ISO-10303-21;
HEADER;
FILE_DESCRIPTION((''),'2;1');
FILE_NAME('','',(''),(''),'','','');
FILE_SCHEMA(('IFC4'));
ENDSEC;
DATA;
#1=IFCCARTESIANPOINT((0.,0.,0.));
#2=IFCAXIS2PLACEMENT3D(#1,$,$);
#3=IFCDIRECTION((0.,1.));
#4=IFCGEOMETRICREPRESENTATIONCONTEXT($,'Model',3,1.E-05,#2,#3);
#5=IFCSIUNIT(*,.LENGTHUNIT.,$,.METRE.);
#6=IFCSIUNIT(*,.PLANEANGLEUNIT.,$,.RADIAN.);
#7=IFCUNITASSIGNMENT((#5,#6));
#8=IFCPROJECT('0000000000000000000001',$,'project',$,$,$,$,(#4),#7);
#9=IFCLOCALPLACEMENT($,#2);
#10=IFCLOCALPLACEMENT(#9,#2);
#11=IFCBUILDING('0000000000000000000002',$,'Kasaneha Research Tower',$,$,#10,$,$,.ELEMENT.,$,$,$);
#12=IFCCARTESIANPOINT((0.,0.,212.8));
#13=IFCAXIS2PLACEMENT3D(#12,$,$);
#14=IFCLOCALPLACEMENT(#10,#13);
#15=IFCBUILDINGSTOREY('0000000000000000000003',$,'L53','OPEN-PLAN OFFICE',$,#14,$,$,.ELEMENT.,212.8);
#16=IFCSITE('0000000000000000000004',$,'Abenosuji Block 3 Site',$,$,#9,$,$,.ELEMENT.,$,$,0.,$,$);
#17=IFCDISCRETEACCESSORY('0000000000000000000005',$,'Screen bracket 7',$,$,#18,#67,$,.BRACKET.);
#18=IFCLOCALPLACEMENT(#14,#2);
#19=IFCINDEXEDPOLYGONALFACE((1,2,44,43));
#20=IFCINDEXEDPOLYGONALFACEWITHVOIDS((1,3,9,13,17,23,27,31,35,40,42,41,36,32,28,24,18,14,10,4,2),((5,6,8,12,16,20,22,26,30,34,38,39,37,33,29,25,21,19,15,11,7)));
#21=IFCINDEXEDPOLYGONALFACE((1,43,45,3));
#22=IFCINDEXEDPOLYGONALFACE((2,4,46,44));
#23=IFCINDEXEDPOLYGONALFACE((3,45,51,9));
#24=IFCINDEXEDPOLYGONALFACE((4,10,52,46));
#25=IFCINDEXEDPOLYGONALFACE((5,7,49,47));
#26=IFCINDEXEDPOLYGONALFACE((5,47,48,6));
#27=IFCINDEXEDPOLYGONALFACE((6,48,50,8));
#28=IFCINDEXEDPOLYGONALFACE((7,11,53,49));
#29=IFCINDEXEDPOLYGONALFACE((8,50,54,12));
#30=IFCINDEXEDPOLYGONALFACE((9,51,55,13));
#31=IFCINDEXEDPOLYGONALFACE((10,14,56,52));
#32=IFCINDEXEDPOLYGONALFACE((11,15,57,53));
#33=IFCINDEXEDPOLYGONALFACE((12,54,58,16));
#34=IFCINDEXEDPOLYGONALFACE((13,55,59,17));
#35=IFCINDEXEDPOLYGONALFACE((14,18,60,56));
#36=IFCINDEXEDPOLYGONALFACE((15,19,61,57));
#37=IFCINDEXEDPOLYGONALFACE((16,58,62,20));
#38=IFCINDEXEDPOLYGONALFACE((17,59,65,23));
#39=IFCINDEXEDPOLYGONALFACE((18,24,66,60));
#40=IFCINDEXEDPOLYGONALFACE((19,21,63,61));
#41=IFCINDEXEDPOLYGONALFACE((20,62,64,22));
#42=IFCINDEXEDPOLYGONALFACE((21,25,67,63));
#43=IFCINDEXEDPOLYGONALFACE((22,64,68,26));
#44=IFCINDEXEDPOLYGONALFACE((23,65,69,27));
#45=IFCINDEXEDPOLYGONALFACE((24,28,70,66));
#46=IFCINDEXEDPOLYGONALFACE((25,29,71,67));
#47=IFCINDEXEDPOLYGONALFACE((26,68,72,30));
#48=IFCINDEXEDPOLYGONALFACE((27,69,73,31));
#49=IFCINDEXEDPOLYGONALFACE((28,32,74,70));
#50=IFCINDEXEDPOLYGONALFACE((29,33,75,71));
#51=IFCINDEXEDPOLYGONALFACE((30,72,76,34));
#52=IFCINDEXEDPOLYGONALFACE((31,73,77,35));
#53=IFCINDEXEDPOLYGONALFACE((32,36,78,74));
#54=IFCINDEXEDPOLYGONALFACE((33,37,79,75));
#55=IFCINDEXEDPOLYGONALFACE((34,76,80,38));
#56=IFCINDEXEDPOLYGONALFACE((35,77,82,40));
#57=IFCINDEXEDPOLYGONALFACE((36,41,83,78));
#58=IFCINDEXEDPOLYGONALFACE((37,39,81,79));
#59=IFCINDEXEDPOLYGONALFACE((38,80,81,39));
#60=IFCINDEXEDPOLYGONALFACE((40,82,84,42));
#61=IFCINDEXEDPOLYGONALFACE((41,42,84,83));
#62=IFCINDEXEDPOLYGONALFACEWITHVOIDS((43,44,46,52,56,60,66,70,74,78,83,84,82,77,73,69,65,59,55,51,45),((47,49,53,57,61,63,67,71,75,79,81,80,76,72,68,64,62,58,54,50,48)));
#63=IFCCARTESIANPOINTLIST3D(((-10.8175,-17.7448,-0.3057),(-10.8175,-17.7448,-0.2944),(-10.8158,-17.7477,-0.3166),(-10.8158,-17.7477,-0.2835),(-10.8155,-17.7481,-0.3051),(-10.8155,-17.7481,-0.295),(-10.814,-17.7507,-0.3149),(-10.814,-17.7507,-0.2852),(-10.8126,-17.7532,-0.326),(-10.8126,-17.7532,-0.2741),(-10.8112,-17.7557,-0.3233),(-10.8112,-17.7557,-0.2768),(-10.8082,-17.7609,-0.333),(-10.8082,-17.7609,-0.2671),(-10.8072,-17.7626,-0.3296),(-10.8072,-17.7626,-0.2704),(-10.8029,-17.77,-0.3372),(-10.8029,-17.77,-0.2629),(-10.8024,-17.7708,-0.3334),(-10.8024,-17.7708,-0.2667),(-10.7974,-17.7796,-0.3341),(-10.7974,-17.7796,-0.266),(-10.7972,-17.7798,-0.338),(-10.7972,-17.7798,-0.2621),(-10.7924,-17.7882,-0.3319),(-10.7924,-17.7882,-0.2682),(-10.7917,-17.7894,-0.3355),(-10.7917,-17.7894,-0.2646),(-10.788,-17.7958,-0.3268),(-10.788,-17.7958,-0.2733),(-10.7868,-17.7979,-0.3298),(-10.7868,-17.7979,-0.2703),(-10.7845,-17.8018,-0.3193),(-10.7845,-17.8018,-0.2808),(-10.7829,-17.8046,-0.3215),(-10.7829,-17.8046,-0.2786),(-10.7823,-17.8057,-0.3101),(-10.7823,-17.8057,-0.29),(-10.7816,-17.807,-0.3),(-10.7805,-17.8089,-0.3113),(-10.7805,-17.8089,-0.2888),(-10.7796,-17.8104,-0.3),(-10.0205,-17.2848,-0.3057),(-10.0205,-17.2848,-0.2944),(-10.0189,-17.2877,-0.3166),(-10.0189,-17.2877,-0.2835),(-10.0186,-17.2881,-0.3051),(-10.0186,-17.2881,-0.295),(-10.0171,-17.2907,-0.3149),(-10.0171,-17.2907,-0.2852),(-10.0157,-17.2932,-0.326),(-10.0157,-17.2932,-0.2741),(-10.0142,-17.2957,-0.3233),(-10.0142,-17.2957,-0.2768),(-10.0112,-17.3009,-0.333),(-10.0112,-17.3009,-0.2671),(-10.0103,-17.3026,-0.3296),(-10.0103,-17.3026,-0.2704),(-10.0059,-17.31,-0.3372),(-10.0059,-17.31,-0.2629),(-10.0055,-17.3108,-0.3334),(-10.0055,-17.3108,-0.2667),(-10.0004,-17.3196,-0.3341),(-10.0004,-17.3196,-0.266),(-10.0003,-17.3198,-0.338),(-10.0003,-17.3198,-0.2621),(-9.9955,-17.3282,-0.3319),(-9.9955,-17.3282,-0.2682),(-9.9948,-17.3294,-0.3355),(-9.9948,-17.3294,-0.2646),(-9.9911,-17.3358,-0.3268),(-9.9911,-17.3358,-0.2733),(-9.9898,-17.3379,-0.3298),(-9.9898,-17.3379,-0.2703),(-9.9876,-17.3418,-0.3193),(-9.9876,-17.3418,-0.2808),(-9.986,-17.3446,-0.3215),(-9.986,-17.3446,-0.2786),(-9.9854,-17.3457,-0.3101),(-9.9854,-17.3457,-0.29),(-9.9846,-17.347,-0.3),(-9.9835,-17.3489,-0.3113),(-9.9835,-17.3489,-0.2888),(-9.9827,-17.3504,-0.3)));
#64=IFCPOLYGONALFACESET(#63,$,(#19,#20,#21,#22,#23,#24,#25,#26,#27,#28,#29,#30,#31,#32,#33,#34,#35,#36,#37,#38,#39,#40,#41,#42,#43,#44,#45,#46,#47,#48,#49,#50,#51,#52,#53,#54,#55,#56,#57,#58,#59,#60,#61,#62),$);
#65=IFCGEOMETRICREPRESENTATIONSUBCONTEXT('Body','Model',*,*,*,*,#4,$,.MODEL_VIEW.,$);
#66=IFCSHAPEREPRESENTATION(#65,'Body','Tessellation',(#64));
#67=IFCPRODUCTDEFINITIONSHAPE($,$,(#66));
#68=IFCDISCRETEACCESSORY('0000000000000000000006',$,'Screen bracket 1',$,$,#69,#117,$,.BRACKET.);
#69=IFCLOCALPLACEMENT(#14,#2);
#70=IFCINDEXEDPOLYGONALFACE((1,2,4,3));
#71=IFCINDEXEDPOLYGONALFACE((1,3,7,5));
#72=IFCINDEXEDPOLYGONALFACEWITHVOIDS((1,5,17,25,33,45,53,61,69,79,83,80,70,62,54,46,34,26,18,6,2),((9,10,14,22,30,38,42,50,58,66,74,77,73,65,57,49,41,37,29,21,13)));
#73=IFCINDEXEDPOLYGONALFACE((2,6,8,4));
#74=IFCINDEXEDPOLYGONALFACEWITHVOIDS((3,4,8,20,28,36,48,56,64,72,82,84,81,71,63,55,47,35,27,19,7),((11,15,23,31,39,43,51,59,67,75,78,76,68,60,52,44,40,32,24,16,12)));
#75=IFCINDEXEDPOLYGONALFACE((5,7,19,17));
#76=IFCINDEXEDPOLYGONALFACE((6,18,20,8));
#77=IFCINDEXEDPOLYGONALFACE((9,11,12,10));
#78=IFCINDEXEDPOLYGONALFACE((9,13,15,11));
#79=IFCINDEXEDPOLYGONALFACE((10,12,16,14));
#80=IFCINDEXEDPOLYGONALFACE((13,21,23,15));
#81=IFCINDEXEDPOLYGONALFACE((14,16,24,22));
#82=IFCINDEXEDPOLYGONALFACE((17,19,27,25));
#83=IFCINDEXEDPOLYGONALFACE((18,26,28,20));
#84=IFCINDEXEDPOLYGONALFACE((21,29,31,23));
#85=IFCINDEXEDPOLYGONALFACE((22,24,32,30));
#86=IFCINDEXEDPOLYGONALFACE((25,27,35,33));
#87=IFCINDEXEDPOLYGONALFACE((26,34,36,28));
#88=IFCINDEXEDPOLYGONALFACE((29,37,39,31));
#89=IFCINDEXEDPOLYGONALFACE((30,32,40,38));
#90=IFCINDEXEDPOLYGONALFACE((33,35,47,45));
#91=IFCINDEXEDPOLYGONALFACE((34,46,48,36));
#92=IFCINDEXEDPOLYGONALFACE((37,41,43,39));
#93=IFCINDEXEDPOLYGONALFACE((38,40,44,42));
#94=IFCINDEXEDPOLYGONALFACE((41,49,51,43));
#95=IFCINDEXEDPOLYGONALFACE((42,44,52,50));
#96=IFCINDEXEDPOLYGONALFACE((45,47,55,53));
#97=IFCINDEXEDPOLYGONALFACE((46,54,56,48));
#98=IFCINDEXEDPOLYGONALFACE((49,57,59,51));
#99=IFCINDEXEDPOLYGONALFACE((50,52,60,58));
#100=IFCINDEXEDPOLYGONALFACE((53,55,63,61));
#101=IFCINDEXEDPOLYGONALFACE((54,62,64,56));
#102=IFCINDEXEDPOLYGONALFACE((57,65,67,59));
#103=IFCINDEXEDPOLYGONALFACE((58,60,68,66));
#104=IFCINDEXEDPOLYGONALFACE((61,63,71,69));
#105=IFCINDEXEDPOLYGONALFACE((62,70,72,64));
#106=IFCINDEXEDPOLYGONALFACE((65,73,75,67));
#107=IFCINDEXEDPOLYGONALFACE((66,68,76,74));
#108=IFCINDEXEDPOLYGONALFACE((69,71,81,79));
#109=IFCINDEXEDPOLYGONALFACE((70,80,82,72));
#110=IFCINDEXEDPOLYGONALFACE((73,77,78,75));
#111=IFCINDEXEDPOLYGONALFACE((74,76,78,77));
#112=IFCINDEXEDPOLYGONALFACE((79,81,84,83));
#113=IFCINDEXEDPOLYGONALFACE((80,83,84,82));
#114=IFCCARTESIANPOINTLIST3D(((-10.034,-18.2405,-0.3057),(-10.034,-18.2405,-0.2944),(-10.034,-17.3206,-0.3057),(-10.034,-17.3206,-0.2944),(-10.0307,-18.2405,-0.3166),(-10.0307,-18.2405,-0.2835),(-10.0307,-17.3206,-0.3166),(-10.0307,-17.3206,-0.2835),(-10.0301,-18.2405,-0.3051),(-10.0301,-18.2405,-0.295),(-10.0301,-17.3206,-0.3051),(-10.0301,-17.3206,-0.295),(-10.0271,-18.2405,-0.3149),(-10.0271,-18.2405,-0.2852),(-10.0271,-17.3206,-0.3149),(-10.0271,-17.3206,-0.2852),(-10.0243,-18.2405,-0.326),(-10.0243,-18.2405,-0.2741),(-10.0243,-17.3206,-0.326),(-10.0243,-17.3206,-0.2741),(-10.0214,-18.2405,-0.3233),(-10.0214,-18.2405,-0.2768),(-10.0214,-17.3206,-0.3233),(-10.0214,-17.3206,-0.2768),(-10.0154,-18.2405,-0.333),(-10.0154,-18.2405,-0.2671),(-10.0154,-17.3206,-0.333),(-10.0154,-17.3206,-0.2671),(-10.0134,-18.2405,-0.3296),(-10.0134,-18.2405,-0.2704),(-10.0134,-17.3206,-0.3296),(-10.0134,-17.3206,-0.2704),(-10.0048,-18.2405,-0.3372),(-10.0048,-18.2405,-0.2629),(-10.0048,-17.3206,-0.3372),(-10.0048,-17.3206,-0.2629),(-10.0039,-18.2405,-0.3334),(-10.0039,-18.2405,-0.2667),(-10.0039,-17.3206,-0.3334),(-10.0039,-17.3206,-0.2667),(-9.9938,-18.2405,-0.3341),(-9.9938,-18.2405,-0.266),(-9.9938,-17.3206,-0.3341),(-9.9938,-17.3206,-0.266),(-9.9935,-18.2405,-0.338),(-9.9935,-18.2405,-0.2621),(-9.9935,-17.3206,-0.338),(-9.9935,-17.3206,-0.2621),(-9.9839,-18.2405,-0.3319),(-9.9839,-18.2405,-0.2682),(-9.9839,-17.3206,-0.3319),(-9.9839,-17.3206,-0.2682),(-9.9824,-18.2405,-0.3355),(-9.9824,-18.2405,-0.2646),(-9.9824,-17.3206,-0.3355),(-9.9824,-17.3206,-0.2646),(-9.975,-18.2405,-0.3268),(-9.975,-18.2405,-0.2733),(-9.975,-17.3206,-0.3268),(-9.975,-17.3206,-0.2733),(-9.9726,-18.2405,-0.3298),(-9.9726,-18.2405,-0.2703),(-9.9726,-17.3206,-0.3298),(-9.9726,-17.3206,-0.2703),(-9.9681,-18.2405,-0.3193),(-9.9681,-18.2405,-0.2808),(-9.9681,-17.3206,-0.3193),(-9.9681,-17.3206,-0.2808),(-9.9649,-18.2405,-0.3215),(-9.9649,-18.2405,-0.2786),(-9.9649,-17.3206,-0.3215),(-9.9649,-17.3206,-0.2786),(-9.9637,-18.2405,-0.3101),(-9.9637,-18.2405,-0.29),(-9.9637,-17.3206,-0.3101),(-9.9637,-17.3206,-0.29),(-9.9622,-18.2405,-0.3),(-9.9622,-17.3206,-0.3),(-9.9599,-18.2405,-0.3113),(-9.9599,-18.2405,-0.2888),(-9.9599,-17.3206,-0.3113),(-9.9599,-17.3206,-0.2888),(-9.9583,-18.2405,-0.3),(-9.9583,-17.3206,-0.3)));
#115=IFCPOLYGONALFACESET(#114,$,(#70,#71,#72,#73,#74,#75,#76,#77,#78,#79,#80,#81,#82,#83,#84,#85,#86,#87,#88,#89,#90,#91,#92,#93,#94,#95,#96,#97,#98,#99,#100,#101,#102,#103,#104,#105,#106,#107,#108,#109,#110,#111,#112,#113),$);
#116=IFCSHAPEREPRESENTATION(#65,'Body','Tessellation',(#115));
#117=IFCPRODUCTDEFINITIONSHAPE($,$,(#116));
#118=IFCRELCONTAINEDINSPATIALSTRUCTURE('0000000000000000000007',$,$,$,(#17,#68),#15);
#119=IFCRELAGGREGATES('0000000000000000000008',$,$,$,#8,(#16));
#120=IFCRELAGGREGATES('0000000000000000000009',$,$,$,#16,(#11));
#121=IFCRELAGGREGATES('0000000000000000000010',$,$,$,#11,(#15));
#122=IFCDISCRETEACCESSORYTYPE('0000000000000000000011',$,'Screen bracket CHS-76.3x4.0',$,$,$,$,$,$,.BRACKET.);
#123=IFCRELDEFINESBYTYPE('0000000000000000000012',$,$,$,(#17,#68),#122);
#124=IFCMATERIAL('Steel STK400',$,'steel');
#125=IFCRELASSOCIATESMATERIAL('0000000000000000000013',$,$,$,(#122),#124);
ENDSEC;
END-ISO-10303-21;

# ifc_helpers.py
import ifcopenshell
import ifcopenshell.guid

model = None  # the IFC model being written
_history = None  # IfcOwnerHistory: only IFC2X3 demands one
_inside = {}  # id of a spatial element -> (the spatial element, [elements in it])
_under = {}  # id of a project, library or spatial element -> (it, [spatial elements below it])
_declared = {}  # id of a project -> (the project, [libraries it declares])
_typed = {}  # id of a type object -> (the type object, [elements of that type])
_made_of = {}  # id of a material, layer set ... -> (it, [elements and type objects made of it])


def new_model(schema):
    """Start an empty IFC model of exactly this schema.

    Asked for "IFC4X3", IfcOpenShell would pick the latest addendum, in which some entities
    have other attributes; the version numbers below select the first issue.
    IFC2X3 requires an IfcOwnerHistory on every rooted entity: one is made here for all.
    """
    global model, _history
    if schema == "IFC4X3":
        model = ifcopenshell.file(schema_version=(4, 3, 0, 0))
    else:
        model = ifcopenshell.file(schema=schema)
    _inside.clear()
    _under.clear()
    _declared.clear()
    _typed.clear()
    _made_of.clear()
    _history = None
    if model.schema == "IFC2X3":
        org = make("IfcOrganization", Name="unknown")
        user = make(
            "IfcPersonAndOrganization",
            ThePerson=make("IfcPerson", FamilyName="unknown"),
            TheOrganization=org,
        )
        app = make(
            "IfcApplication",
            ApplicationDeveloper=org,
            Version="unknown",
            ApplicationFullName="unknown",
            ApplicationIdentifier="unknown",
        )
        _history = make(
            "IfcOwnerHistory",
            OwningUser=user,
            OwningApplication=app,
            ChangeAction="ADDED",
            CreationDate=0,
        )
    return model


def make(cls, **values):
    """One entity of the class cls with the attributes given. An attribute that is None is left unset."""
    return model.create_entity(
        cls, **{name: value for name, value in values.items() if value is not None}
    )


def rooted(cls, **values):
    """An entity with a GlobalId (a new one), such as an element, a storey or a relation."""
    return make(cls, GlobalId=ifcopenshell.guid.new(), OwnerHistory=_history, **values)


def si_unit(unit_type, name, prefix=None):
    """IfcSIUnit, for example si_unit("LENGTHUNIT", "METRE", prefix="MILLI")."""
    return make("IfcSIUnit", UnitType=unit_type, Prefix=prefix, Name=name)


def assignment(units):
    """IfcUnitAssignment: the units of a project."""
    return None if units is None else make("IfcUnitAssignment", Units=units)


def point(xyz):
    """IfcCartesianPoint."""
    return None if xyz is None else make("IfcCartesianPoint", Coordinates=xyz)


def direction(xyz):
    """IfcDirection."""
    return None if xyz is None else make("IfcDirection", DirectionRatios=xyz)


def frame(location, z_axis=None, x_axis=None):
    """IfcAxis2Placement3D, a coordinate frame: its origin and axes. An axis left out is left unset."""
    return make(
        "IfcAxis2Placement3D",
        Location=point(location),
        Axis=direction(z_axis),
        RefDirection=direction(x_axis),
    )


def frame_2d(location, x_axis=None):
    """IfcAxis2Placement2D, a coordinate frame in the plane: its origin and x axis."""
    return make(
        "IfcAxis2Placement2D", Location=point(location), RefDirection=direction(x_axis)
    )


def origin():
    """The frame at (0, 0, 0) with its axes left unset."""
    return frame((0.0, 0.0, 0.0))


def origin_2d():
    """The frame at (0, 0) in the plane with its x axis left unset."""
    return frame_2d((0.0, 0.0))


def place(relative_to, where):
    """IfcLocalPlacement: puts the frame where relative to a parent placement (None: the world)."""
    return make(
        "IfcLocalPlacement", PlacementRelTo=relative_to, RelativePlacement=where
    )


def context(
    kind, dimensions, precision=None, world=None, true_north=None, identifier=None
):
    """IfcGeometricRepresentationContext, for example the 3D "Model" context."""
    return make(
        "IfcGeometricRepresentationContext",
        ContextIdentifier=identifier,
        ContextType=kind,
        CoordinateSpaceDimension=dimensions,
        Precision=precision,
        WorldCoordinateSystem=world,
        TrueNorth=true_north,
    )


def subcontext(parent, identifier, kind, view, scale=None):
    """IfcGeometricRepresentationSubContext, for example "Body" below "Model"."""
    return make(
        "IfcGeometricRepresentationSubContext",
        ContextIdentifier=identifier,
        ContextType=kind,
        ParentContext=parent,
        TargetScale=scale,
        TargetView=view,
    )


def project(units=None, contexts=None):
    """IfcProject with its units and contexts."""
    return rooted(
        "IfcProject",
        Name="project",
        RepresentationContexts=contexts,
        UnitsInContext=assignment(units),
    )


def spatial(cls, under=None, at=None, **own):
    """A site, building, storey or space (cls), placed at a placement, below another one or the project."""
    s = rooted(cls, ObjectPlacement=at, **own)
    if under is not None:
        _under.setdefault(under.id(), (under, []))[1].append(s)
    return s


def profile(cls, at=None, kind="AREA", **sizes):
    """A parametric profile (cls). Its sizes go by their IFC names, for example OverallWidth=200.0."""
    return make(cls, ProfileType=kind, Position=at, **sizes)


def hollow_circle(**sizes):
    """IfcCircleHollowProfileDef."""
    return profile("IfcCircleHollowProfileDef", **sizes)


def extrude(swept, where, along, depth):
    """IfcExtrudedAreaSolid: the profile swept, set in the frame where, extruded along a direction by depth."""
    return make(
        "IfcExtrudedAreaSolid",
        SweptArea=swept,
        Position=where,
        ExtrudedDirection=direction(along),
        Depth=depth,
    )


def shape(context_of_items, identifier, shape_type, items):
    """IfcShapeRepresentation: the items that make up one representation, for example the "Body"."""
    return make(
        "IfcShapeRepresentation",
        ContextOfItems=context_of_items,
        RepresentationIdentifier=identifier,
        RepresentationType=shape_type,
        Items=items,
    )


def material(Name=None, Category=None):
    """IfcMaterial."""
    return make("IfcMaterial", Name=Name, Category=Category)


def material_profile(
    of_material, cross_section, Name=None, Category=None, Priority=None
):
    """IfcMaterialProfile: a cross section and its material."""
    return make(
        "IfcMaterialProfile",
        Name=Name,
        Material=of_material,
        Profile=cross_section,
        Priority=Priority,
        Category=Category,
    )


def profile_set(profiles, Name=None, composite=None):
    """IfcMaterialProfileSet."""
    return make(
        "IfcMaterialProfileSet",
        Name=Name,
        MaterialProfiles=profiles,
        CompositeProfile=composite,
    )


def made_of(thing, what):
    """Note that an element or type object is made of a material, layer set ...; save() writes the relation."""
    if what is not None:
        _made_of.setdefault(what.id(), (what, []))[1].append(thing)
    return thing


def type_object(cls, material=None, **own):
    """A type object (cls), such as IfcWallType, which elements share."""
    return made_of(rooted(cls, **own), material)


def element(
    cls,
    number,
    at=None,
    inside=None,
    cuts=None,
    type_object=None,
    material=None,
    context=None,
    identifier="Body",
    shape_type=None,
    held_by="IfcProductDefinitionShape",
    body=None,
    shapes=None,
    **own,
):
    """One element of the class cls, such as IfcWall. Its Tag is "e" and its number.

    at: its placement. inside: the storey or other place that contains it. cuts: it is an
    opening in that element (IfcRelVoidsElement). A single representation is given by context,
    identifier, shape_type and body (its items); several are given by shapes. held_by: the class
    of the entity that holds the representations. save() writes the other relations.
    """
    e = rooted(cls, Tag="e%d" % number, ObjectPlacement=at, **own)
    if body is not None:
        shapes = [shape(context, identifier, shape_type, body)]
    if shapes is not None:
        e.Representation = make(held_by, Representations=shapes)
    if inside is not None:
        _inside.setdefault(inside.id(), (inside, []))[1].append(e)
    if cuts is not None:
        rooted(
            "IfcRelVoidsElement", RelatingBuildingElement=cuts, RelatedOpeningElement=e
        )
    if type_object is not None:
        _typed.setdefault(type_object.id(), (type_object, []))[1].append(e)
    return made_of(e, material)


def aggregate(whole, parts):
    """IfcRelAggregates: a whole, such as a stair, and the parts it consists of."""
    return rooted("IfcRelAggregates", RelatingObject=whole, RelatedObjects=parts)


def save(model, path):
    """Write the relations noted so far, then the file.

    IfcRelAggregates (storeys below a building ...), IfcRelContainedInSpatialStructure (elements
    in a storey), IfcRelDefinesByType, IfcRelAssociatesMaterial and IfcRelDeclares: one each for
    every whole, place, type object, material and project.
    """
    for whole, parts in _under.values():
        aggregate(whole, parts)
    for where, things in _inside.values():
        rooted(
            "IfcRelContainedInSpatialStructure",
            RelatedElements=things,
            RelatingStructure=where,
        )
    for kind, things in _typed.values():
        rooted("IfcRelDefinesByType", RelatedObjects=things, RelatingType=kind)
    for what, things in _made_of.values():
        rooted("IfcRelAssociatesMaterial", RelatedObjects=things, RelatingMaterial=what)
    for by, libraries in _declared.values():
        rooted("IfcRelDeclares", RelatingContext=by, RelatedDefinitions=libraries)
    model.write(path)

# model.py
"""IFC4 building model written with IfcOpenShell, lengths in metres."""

from ifc_helpers import new_model, si_unit, direction, frame, origin, origin_2d, place, context, subcontext, project, spatial, hollow_circle, extrude, material, material_profile, profile_set, type_object, element, save


model = new_model("IFC4")

# Units and contexts
model_context = context("Model", 3, precision=1e-05, world=origin(), true_north=direction((0.0, 1.0)))
body_context = subcontext(model_context, "Body", "Model", "MODEL_VIEW")
ifc_project = project(units=[si_unit("LENGTHUNIT", "METRE"), si_unit("PLANEANGLEUNIT", "RADIAN")], contexts=[model_context])

# Site, building, storey
site_placement = place(None, origin())
site = spatial("IfcSite", under=ifc_project, at=site_placement, Name="Abenosuji Block 3 Site", CompositionType="ELEMENT", RefElevation=0.0)
building_placement = place(site_placement, origin())
building = spatial("IfcBuilding", under=site, at=building_placement, Name="Kasaneha Research Tower", CompositionType="ELEMENT")
storey_placement = place(building_placement, frame((0.0, 0.0, 212.8)))
storey = spatial("IfcBuildingStorey", under=building, at=storey_placement, Name="L53", Description="OPEN-PLAN OFFICE", CompositionType="ELEMENT", Elevation=212.8)

# Discrete accessories
ifc_material_1 = material(Name="Steel STK400", Category="steel")
ifc_material_profile_1 = material_profile(ifc_material_1, hollow_circle(Radius=0.0381, WallThickness=0.0039, at=origin_2d()), Name="CHS-76.3x4.0")
ifc_profile_set_1 = profile_set([ifc_material_profile_1], Name="Steel STK400")
discrete_accessory_type = type_object("IfcDiscreteAccessoryType", Name="Screen bracket CHS-76.3x4.0", PredefinedType="BRACKET", material=ifc_profile_set_1)
discrete_accessory_1_placement = place(storey_placement, frame((-10.0017, -17.3174, -0.3), z_axis=(-0.86608, -0.499906, 0.0), x_axis=(0.499906, -0.86608, 0.0)))
element("IfcDiscreteAccessory", 1, at=discrete_accessory_1_placement, inside=storey, type_object=discrete_accessory_type, Name="Screen bracket 7", PredefinedType="BRACKET", context=body_context, shape_type="SweptSolid", body=[
    extrude(hollow_circle(Radius=0.0381, WallThickness=0.0039, at=origin_2d()), origin(), (0.0, 0.0, 1.0), 0.9202),
])
discrete_accessory_2_placement = place(storey_placement, frame((-9.9963, -17.3206, -0.3), z_axis=(0.0, -1.0, 0.0), x_axis=(1.0, 0.0, 0.0)))
element("IfcDiscreteAccessory", 2, at=discrete_accessory_2_placement, inside=storey, type_object=discrete_accessory_type, Name="Screen bracket 1", PredefinedType="BRACKET", context=body_context, shape_type="SweptSolid", body=[
    extrude(hollow_circle(Radius=0.0381, WallThickness=0.0039, at=origin_2d()), origin(), (0.0, 0.0, 1.0), 0.9199),
])

save(model, "model.ifc")
